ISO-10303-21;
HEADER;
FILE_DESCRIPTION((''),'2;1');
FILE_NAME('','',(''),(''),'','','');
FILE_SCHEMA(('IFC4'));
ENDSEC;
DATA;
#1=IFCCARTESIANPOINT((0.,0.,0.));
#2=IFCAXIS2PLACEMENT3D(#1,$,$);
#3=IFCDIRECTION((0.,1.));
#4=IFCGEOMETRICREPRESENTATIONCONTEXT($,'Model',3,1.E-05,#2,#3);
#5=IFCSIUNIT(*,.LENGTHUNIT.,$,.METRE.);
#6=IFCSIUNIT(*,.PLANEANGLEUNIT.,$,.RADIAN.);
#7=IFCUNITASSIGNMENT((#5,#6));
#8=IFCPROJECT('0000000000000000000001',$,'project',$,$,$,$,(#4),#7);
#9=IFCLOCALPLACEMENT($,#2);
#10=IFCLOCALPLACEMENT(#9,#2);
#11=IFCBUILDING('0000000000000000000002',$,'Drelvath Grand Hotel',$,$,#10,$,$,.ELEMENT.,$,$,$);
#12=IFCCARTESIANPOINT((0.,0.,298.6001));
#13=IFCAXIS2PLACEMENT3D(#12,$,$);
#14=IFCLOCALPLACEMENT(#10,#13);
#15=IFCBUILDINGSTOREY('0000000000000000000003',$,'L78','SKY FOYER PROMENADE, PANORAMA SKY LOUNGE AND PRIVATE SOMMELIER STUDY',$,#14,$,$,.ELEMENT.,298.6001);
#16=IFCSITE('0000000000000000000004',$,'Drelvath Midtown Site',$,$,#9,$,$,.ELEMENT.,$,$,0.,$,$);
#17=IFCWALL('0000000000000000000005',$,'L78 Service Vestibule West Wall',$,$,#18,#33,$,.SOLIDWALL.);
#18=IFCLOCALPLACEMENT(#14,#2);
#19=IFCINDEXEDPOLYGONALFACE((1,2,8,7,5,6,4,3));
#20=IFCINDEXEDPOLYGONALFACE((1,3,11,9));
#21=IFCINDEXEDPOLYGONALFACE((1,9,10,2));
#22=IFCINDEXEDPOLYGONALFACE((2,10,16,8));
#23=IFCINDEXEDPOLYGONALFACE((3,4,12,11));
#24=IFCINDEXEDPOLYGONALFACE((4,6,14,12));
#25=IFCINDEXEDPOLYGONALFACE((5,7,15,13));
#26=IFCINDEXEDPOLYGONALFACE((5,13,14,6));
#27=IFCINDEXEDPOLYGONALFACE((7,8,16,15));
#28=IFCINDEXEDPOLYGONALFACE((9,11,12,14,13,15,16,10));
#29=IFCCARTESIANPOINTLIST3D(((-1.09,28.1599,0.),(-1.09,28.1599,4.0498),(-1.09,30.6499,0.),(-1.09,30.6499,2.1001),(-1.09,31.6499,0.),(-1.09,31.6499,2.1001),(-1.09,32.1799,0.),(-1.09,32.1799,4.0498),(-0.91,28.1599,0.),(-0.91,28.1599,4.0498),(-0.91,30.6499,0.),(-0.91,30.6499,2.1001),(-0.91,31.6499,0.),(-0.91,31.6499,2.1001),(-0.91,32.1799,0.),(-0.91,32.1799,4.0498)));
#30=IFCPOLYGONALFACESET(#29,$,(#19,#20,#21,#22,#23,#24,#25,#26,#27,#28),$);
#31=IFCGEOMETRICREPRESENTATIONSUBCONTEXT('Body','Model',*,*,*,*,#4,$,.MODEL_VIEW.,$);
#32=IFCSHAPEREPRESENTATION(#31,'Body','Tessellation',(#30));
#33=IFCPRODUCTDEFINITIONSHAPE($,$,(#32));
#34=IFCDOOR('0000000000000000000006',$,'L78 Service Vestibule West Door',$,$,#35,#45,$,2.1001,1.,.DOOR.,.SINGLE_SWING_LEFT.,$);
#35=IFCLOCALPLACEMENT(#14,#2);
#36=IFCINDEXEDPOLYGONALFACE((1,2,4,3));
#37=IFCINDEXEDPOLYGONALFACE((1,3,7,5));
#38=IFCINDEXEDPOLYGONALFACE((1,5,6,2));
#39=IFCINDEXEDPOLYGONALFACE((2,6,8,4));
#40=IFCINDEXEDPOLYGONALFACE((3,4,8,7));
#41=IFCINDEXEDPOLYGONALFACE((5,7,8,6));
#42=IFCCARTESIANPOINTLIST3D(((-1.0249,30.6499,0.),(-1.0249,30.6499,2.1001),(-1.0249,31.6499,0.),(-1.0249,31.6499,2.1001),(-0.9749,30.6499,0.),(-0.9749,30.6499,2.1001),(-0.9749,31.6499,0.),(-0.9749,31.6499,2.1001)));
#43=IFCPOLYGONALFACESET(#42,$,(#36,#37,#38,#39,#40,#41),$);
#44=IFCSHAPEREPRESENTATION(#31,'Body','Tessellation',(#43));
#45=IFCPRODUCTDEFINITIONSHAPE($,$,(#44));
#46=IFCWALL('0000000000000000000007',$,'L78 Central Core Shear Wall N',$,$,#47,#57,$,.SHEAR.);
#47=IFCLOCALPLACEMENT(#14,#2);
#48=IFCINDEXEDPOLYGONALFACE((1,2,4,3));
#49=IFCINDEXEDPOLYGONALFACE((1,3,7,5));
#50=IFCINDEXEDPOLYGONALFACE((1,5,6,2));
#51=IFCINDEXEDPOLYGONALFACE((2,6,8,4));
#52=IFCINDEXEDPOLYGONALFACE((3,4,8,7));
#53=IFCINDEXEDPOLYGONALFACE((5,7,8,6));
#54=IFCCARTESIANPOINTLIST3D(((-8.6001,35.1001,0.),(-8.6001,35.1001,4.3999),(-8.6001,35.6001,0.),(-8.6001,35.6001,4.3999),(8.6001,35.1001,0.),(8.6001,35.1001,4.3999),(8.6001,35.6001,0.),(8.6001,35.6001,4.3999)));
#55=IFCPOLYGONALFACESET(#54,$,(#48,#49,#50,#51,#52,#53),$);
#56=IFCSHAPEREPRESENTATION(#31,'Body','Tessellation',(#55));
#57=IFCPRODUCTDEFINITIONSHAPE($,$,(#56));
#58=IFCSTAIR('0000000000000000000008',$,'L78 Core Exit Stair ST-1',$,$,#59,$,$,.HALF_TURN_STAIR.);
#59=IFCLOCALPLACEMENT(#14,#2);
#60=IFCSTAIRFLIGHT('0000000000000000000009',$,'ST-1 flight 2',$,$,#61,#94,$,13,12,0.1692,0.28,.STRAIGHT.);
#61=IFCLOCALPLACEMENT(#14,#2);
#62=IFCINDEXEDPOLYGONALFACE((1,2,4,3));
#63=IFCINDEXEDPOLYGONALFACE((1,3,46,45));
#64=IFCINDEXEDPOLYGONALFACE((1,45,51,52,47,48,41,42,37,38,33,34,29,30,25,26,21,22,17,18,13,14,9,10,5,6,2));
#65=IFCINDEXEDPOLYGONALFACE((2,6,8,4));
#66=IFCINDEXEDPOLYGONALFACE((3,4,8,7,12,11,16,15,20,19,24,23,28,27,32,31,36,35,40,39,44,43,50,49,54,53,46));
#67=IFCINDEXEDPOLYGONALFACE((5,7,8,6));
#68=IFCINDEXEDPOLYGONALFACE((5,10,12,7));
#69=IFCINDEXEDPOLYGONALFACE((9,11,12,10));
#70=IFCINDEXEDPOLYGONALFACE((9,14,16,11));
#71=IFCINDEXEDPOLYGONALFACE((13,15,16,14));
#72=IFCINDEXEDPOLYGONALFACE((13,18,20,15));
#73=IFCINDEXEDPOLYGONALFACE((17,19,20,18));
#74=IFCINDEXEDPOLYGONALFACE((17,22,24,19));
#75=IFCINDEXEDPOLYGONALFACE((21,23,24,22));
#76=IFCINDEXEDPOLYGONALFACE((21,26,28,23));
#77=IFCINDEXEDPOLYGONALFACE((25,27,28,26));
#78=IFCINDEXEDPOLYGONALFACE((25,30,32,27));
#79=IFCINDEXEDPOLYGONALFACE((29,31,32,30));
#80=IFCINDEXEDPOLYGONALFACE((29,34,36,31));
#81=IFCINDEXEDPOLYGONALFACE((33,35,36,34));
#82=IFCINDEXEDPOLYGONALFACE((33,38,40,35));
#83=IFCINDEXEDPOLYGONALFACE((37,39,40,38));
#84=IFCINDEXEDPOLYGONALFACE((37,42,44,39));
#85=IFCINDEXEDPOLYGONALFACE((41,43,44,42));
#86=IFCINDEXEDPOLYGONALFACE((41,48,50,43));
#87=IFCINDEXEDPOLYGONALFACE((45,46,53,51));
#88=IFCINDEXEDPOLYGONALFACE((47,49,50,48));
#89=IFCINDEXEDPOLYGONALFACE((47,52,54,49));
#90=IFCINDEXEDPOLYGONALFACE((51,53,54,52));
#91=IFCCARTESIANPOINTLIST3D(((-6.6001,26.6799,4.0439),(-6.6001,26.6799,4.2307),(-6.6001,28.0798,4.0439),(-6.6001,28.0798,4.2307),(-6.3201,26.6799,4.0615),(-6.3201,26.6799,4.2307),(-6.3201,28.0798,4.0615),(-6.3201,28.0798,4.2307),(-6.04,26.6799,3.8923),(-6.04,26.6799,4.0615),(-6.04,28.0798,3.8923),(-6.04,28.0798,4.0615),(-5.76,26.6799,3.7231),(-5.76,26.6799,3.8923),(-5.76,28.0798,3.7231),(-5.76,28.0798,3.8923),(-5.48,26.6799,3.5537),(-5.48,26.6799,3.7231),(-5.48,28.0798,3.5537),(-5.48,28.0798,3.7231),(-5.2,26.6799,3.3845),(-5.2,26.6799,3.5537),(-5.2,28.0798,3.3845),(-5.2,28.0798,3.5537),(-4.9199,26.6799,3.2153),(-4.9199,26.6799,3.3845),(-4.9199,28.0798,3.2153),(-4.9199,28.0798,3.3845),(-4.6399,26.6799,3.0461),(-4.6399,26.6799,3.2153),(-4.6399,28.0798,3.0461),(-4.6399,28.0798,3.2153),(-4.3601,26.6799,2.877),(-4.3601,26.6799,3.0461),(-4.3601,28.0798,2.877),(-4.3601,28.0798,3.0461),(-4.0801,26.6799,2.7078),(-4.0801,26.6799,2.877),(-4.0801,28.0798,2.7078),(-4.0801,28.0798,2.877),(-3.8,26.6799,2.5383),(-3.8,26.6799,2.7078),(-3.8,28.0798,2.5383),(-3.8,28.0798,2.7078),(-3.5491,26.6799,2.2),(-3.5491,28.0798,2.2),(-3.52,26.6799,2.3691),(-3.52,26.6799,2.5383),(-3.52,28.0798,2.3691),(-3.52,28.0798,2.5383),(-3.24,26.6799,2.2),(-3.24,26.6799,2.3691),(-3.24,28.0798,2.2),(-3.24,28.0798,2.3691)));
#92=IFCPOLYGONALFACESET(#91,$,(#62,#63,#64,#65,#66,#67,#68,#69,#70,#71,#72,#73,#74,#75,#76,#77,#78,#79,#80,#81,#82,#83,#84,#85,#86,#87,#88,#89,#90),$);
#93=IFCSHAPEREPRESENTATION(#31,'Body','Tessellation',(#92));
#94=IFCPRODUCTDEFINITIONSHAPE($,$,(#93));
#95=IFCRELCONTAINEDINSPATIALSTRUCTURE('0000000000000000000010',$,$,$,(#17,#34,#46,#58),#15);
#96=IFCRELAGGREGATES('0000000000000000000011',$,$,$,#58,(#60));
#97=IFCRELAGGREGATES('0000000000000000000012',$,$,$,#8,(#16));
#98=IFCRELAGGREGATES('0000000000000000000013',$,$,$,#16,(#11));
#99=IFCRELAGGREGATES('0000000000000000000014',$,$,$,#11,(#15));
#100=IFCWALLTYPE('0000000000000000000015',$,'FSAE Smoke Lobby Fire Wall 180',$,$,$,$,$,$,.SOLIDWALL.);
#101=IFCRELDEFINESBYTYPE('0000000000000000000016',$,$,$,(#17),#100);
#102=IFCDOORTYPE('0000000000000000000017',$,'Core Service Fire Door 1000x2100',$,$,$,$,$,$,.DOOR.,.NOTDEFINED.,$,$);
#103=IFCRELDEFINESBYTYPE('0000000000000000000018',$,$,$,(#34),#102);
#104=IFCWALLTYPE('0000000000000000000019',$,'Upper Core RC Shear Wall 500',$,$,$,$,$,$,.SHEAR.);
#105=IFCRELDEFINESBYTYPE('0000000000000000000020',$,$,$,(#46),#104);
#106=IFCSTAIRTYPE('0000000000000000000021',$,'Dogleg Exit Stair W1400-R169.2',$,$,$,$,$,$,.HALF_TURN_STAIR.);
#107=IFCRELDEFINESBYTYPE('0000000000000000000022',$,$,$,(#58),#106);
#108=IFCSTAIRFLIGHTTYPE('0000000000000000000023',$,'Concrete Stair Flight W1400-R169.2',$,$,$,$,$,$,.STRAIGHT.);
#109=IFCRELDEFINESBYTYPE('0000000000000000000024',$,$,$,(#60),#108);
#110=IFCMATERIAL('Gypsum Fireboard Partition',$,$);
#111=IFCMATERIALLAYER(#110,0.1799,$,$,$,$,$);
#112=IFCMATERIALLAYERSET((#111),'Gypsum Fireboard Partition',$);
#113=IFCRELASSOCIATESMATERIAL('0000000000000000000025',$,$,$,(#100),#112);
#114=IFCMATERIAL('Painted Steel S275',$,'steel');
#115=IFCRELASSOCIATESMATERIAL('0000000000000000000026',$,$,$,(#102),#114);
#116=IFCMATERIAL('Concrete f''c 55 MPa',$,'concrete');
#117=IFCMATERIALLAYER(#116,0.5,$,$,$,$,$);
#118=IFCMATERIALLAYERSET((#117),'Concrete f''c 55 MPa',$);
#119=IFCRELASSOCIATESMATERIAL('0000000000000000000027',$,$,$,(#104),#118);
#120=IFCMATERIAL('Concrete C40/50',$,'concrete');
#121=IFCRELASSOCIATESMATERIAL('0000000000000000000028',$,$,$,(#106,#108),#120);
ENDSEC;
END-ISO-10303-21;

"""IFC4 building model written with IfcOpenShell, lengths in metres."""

from ifc_helpers import new_model, si_unit, direction, frame, frame_2d, origin, place, context, subcontext, project, spatial, polyline, rectangle, outline, extrude, material, layer, layer_set, type_object, element, fill, aggregate, save


model = new_model("IFC4")

# Units and contexts
model_context = context("Model", 3, precision=1e-05, world=origin(), true_north=direction((0.0, 1.0)))
body_context = subcontext(model_context, "Body", "Model", "MODEL_VIEW")
ifc_project = project(units=[si_unit("LENGTHUNIT", "METRE"), si_unit("PLANEANGLEUNIT", "RADIAN")], contexts=[model_context])

# Site, building, storey
site_placement = place(None, origin())
site = spatial("IfcSite", under=ifc_project, at=site_placement, Name="Drelvath Midtown Site", CompositionType="ELEMENT", RefElevation=0.0)
building_placement = place(site_placement, origin())
building = spatial("IfcBuilding", under=site, at=building_placement, Name="Drelvath Grand Hotel", CompositionType="ELEMENT")
storey_placement = place(building_placement, frame((0.0, 0.0, 298.6001)))
storey = spatial("IfcBuildingStorey", under=building, at=storey_placement, Name="L78", Description="SKY FOYER PROMENADE, PANORAMA SKY LOUNGE AND PRIVATE SOMMELIER STUDY", CompositionType="ELEMENT", Elevation=298.6001)

# Shared definitions
ifc_material_1 = material(Name="Concrete f'c 55 MPa", Category="concrete")

# Shared definitions
ifc_material_2 = material(Name="Painted Steel S275", Category="steel")

# Shared definitions
ifc_material_3 = material(Name="Concrete C40/50", Category="concrete")

# Shared definitions
ifc_material_4 = material(Name="Gypsum Fireboard Partition")

# Wall, opening, door
ifc_layer_1 = layer(ifc_material_4, 0.1799)
ifc_layer_set_1 = layer_set([ifc_layer_1], Name="Gypsum Fireboard Partition")
wall_type_1 = type_object("IfcWallType", Name="FSAE Smoke Lobby Fire Wall 180", PredefinedType="SOLIDWALL", material=ifc_layer_set_1)
wall_1_placement = place(storey_placement, frame((-1.0, 28.1599, 0.0), z_axis=(0.0, 0.0, 1.0), x_axis=(0.0, 1.0, 0.0)))
wall_1 = element("IfcWall", 1, at=wall_1_placement, inside=storey, type_object=wall_type_1, Name="L78 Service Vestibule West Wall", PredefinedType="SOLIDWALL", context=body_context, shape_type="SweptSolid", body=[
    extrude(rectangle(XDim=4.02, YDim=0.1799, at=frame_2d((2.01, 0.0))), origin(), (0.0, 0.0, 1.0), 4.0498),
])
opening_1_placement = place(wall_1_placement, frame((2.49, 0.0, 0.0)))
opening_1 = element("IfcOpeningElement", 2, at=opening_1_placement, cuts=wall_1, PredefinedType="OPENING", context=body_context, shape_type="SweptSolid", body=[
    extrude(rectangle(XDim=1.0, YDim=2.1001, at=frame_2d((0.5, 1.05))), frame((0.0, 0.0999, 0.0), z_axis=(0.0, -1.0, 0.0), x_axis=(1.0, 0.0, 0.0)), (0.0, 0.0, 1.0), 0.2),
])
door_type_1 = type_object("IfcDoorType", Name="Core Service Fire Door 1000x2100", OperationType="NOTDEFINED", PredefinedType="DOOR", material=ifc_material_2)
door_1_placement = place(opening_1_placement, origin())
door_1 = element("IfcDoor", 3, at=door_1_placement, inside=storey, type_object=door_type_1, Name="L78 Service Vestibule West Door", OperationType="SINGLE_SWING_LEFT", OverallHeight=2.1001, OverallWidth=1.0, PredefinedType="DOOR", context=body_context, shape_type="SweptSolid", body=[
    extrude(rectangle(XDim=1.0, YDim=2.1001, at=frame_2d((0.5, 1.05))), frame((0.0, 0.0249, 0.0), z_axis=(0.0, -1.0, 0.0), x_axis=(1.0, 0.0, 0.0)), (0.0, 0.0, 1.0), 0.05),
])
fill(opening_1, door_1)

# Wall
ifc_layer_2 = layer(ifc_material_1, 0.5)
ifc_layer_set_2 = layer_set([ifc_layer_2], Name="Concrete f'c 55 MPa")
wall_type_2 = type_object("IfcWallType", Name="Upper Core RC Shear Wall 500", PredefinedType="SHEAR", material=ifc_layer_set_2)
wall_2_placement = place(storey_placement, frame((-8.6001, 35.3501, 0.0), z_axis=(0.0, 0.0, 1.0), x_axis=(1.0, 0.0, 0.0)))
element("IfcWall", 4, at=wall_2_placement, inside=storey, type_object=wall_type_2, Name="L78 Central Core Shear Wall N", PredefinedType="SHEAR", context=body_context, shape_type="SweptSolid", body=[
    extrude(rectangle(XDim=17.2002, YDim=0.5, at=frame_2d((8.6001, 0.0))), origin(), (0.0, 0.0, 1.0), 4.3999),
])

# Stair, stair flight
stair_type = type_object("IfcStairType", Name="Dogleg Exit Stair W1400-R169.2", PredefinedType="HALF_TURN_STAIR", material=ifc_material_3)
stair_placement = place(storey_placement, origin())
stair = element("IfcStair", 5, at=stair_placement, inside=storey, type_object=stair_type, Name="L78 Core Exit Stair ST-1", PredefinedType="HALF_TURN_STAIR")
stair_flight_type = type_object("IfcStairFlightType", Name="Concrete Stair Flight W1400-R169.2", PredefinedType="STRAIGHT", material=ifc_material_3)
stair_flight_placement = place(storey_placement, frame((-3.24, 27.3799, 2.2), z_axis=(0.0, 0.0, 1.0), x_axis=(-1.0, 0.0, 0.0)))
stair_flight = element("IfcStairFlight", 6, at=stair_flight_placement, type_object=stair_flight_type, Name="ST-1 flight 2", NumberOfRisers=13, NumberOfTreads=12, PredefinedType="STRAIGHT", RiserHeight=0.1692, TreadLength=0.28, context=body_context, shape_type="SweptSolid", body=[
    extrude(outline(polyline([(0.0, 0.0), (0.0, 0.1692), (0.28, 0.1692), (0.28, 0.3384), (0.5601, 0.3384), (0.5601, 0.5078), (0.8401, 0.5078), (0.8401, 0.677), (1.1201, 0.677), (1.1201, 0.8462), (1.3999, 0.8462), (1.3999, 1.0154), (1.6799, 1.0154), (1.6799, 1.1846), (1.96, 1.1846), (1.96, 1.3538), (2.24, 1.3538), (2.24, 1.5232), (2.52, 1.5232), (2.52, 1.6924), (2.8, 1.6924), (2.8, 1.8616), (3.0801, 1.8616), (3.0801, 2.0308), (3.3601, 2.0308), (3.3601, 2.2), (3.3601, 1.844), (0.3091, 0.0), (0.0, 0.0)])), frame((0.0, 0.7, 0.0), z_axis=(0.0, -1.0, 0.0), x_axis=(1.0, 0.0, 0.0)), (0.0, 0.0, 1.0), 1.3999),
])
aggregate(stair, [stair_flight])

save(model, "model.ifc")
